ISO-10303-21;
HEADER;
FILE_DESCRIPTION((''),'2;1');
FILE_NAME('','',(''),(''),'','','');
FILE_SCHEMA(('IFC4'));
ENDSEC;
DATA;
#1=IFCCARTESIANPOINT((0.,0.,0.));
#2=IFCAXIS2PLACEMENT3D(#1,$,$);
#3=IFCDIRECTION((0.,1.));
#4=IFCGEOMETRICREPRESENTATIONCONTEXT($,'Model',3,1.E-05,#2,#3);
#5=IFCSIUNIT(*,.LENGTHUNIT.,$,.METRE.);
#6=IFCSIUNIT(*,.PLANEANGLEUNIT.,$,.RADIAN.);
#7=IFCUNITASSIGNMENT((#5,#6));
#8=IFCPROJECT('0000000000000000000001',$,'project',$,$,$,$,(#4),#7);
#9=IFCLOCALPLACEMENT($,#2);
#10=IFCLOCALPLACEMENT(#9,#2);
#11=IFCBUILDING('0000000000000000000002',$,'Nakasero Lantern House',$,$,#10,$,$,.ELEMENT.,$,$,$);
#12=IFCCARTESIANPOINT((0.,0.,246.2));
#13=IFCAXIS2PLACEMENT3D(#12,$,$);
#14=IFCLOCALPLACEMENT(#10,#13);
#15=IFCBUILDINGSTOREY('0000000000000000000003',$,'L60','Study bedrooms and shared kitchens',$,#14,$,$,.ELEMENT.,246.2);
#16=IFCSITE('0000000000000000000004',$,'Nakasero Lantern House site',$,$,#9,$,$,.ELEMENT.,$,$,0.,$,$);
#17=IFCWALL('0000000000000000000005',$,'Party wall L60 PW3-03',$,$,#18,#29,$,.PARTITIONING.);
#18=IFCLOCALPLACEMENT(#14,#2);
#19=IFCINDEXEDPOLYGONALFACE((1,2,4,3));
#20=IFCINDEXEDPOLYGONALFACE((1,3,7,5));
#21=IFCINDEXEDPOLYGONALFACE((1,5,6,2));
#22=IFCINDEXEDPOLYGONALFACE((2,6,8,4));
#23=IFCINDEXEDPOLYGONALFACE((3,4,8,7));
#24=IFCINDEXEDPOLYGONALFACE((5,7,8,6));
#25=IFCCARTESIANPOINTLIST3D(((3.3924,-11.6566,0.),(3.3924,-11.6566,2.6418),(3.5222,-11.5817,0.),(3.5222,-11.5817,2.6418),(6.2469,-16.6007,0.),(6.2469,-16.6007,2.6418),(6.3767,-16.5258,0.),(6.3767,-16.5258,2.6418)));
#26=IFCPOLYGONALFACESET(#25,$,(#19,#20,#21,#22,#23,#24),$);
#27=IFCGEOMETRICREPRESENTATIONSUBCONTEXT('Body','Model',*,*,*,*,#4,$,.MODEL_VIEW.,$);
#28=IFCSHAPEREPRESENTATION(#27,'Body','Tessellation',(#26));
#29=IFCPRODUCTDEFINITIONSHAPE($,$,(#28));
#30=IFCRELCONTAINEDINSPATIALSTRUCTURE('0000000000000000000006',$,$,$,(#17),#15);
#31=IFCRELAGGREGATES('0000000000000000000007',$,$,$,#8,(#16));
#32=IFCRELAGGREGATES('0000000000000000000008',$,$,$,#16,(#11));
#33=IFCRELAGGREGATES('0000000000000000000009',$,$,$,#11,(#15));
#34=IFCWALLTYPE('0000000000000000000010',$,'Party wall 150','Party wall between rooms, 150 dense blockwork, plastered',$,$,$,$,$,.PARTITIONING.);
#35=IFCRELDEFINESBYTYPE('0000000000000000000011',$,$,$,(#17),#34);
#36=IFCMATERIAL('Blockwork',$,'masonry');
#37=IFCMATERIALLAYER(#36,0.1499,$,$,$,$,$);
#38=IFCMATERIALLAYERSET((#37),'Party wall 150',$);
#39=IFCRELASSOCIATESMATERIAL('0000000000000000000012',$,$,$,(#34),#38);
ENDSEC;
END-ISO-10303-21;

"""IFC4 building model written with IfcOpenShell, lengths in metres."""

from ifc_helpers import new_model, si_unit, direction, frame, frame_2d, origin, place, context, subcontext, project, spatial, rectangle, extrude, material, layer, layer_set, type_object, element, save


model = new_model("IFC4")

# Units and contexts
model_context = context("Model", 3, precision=1e-05, world=origin(), true_north=direction((0.0, 1.0)))
body_context = subcontext(model_context, "Body", "Model", "MODEL_VIEW")
ifc_project = project(units=[si_unit("LENGTHUNIT", "METRE"), si_unit("PLANEANGLEUNIT", "RADIAN")], contexts=[model_context])

# Site, building, storey
site_placement = place(None, origin())
site = spatial("IfcSite", under=ifc_project, at=site_placement, Name="Nakasero Lantern House site", CompositionType="ELEMENT", RefElevation=0.0)
building_placement = place(site_placement, origin())
building = spatial("IfcBuilding", under=site, at=building_placement, Name="Nakasero Lantern House", CompositionType="ELEMENT")
storey_placement = place(building_placement, frame((0.0, 0.0, 246.2)))
storey = spatial("IfcBuildingStorey", under=building, at=storey_placement, Name="L60", Description="Study bedrooms and shared kitchens", CompositionType="ELEMENT", Elevation=246.2)

# Wall
ifc_material_1 = material(Name="Blockwork", Category="masonry")
ifc_layer_1 = layer(ifc_material_1, 0.1499)
ifc_layer_set_1 = layer_set([ifc_layer_1], Name="Party wall 150")
wall_type_1 = type_object("IfcWallType", Name="Party wall 150", Description="Party wall between rooms, 150 dense blockwork, plastered", PredefinedType="PARTITIONING", material=ifc_layer_set_1)
wall_1_placement = place(storey_placement, frame((3.4573, -11.6191, 0.0), z_axis=(0.0, 0.0, 1.0), x_axis=(0.500003, -0.866024, 0.0)))
element("IfcWall", 1, at=wall_1_placement, inside=storey, type_object=wall_type_1, Name="Party wall L60 PW3-03", PredefinedType="PARTITIONING", context=body_context, shape_type="SweptSolid", body=[
    extrude(rectangle(XDim=5.709, YDim=0.1499, at=frame_2d((2.8545, 0.0))), origin(), (0.0, 0.0, 1.0), 2.6418),
])

save(model, "model.ifc")
